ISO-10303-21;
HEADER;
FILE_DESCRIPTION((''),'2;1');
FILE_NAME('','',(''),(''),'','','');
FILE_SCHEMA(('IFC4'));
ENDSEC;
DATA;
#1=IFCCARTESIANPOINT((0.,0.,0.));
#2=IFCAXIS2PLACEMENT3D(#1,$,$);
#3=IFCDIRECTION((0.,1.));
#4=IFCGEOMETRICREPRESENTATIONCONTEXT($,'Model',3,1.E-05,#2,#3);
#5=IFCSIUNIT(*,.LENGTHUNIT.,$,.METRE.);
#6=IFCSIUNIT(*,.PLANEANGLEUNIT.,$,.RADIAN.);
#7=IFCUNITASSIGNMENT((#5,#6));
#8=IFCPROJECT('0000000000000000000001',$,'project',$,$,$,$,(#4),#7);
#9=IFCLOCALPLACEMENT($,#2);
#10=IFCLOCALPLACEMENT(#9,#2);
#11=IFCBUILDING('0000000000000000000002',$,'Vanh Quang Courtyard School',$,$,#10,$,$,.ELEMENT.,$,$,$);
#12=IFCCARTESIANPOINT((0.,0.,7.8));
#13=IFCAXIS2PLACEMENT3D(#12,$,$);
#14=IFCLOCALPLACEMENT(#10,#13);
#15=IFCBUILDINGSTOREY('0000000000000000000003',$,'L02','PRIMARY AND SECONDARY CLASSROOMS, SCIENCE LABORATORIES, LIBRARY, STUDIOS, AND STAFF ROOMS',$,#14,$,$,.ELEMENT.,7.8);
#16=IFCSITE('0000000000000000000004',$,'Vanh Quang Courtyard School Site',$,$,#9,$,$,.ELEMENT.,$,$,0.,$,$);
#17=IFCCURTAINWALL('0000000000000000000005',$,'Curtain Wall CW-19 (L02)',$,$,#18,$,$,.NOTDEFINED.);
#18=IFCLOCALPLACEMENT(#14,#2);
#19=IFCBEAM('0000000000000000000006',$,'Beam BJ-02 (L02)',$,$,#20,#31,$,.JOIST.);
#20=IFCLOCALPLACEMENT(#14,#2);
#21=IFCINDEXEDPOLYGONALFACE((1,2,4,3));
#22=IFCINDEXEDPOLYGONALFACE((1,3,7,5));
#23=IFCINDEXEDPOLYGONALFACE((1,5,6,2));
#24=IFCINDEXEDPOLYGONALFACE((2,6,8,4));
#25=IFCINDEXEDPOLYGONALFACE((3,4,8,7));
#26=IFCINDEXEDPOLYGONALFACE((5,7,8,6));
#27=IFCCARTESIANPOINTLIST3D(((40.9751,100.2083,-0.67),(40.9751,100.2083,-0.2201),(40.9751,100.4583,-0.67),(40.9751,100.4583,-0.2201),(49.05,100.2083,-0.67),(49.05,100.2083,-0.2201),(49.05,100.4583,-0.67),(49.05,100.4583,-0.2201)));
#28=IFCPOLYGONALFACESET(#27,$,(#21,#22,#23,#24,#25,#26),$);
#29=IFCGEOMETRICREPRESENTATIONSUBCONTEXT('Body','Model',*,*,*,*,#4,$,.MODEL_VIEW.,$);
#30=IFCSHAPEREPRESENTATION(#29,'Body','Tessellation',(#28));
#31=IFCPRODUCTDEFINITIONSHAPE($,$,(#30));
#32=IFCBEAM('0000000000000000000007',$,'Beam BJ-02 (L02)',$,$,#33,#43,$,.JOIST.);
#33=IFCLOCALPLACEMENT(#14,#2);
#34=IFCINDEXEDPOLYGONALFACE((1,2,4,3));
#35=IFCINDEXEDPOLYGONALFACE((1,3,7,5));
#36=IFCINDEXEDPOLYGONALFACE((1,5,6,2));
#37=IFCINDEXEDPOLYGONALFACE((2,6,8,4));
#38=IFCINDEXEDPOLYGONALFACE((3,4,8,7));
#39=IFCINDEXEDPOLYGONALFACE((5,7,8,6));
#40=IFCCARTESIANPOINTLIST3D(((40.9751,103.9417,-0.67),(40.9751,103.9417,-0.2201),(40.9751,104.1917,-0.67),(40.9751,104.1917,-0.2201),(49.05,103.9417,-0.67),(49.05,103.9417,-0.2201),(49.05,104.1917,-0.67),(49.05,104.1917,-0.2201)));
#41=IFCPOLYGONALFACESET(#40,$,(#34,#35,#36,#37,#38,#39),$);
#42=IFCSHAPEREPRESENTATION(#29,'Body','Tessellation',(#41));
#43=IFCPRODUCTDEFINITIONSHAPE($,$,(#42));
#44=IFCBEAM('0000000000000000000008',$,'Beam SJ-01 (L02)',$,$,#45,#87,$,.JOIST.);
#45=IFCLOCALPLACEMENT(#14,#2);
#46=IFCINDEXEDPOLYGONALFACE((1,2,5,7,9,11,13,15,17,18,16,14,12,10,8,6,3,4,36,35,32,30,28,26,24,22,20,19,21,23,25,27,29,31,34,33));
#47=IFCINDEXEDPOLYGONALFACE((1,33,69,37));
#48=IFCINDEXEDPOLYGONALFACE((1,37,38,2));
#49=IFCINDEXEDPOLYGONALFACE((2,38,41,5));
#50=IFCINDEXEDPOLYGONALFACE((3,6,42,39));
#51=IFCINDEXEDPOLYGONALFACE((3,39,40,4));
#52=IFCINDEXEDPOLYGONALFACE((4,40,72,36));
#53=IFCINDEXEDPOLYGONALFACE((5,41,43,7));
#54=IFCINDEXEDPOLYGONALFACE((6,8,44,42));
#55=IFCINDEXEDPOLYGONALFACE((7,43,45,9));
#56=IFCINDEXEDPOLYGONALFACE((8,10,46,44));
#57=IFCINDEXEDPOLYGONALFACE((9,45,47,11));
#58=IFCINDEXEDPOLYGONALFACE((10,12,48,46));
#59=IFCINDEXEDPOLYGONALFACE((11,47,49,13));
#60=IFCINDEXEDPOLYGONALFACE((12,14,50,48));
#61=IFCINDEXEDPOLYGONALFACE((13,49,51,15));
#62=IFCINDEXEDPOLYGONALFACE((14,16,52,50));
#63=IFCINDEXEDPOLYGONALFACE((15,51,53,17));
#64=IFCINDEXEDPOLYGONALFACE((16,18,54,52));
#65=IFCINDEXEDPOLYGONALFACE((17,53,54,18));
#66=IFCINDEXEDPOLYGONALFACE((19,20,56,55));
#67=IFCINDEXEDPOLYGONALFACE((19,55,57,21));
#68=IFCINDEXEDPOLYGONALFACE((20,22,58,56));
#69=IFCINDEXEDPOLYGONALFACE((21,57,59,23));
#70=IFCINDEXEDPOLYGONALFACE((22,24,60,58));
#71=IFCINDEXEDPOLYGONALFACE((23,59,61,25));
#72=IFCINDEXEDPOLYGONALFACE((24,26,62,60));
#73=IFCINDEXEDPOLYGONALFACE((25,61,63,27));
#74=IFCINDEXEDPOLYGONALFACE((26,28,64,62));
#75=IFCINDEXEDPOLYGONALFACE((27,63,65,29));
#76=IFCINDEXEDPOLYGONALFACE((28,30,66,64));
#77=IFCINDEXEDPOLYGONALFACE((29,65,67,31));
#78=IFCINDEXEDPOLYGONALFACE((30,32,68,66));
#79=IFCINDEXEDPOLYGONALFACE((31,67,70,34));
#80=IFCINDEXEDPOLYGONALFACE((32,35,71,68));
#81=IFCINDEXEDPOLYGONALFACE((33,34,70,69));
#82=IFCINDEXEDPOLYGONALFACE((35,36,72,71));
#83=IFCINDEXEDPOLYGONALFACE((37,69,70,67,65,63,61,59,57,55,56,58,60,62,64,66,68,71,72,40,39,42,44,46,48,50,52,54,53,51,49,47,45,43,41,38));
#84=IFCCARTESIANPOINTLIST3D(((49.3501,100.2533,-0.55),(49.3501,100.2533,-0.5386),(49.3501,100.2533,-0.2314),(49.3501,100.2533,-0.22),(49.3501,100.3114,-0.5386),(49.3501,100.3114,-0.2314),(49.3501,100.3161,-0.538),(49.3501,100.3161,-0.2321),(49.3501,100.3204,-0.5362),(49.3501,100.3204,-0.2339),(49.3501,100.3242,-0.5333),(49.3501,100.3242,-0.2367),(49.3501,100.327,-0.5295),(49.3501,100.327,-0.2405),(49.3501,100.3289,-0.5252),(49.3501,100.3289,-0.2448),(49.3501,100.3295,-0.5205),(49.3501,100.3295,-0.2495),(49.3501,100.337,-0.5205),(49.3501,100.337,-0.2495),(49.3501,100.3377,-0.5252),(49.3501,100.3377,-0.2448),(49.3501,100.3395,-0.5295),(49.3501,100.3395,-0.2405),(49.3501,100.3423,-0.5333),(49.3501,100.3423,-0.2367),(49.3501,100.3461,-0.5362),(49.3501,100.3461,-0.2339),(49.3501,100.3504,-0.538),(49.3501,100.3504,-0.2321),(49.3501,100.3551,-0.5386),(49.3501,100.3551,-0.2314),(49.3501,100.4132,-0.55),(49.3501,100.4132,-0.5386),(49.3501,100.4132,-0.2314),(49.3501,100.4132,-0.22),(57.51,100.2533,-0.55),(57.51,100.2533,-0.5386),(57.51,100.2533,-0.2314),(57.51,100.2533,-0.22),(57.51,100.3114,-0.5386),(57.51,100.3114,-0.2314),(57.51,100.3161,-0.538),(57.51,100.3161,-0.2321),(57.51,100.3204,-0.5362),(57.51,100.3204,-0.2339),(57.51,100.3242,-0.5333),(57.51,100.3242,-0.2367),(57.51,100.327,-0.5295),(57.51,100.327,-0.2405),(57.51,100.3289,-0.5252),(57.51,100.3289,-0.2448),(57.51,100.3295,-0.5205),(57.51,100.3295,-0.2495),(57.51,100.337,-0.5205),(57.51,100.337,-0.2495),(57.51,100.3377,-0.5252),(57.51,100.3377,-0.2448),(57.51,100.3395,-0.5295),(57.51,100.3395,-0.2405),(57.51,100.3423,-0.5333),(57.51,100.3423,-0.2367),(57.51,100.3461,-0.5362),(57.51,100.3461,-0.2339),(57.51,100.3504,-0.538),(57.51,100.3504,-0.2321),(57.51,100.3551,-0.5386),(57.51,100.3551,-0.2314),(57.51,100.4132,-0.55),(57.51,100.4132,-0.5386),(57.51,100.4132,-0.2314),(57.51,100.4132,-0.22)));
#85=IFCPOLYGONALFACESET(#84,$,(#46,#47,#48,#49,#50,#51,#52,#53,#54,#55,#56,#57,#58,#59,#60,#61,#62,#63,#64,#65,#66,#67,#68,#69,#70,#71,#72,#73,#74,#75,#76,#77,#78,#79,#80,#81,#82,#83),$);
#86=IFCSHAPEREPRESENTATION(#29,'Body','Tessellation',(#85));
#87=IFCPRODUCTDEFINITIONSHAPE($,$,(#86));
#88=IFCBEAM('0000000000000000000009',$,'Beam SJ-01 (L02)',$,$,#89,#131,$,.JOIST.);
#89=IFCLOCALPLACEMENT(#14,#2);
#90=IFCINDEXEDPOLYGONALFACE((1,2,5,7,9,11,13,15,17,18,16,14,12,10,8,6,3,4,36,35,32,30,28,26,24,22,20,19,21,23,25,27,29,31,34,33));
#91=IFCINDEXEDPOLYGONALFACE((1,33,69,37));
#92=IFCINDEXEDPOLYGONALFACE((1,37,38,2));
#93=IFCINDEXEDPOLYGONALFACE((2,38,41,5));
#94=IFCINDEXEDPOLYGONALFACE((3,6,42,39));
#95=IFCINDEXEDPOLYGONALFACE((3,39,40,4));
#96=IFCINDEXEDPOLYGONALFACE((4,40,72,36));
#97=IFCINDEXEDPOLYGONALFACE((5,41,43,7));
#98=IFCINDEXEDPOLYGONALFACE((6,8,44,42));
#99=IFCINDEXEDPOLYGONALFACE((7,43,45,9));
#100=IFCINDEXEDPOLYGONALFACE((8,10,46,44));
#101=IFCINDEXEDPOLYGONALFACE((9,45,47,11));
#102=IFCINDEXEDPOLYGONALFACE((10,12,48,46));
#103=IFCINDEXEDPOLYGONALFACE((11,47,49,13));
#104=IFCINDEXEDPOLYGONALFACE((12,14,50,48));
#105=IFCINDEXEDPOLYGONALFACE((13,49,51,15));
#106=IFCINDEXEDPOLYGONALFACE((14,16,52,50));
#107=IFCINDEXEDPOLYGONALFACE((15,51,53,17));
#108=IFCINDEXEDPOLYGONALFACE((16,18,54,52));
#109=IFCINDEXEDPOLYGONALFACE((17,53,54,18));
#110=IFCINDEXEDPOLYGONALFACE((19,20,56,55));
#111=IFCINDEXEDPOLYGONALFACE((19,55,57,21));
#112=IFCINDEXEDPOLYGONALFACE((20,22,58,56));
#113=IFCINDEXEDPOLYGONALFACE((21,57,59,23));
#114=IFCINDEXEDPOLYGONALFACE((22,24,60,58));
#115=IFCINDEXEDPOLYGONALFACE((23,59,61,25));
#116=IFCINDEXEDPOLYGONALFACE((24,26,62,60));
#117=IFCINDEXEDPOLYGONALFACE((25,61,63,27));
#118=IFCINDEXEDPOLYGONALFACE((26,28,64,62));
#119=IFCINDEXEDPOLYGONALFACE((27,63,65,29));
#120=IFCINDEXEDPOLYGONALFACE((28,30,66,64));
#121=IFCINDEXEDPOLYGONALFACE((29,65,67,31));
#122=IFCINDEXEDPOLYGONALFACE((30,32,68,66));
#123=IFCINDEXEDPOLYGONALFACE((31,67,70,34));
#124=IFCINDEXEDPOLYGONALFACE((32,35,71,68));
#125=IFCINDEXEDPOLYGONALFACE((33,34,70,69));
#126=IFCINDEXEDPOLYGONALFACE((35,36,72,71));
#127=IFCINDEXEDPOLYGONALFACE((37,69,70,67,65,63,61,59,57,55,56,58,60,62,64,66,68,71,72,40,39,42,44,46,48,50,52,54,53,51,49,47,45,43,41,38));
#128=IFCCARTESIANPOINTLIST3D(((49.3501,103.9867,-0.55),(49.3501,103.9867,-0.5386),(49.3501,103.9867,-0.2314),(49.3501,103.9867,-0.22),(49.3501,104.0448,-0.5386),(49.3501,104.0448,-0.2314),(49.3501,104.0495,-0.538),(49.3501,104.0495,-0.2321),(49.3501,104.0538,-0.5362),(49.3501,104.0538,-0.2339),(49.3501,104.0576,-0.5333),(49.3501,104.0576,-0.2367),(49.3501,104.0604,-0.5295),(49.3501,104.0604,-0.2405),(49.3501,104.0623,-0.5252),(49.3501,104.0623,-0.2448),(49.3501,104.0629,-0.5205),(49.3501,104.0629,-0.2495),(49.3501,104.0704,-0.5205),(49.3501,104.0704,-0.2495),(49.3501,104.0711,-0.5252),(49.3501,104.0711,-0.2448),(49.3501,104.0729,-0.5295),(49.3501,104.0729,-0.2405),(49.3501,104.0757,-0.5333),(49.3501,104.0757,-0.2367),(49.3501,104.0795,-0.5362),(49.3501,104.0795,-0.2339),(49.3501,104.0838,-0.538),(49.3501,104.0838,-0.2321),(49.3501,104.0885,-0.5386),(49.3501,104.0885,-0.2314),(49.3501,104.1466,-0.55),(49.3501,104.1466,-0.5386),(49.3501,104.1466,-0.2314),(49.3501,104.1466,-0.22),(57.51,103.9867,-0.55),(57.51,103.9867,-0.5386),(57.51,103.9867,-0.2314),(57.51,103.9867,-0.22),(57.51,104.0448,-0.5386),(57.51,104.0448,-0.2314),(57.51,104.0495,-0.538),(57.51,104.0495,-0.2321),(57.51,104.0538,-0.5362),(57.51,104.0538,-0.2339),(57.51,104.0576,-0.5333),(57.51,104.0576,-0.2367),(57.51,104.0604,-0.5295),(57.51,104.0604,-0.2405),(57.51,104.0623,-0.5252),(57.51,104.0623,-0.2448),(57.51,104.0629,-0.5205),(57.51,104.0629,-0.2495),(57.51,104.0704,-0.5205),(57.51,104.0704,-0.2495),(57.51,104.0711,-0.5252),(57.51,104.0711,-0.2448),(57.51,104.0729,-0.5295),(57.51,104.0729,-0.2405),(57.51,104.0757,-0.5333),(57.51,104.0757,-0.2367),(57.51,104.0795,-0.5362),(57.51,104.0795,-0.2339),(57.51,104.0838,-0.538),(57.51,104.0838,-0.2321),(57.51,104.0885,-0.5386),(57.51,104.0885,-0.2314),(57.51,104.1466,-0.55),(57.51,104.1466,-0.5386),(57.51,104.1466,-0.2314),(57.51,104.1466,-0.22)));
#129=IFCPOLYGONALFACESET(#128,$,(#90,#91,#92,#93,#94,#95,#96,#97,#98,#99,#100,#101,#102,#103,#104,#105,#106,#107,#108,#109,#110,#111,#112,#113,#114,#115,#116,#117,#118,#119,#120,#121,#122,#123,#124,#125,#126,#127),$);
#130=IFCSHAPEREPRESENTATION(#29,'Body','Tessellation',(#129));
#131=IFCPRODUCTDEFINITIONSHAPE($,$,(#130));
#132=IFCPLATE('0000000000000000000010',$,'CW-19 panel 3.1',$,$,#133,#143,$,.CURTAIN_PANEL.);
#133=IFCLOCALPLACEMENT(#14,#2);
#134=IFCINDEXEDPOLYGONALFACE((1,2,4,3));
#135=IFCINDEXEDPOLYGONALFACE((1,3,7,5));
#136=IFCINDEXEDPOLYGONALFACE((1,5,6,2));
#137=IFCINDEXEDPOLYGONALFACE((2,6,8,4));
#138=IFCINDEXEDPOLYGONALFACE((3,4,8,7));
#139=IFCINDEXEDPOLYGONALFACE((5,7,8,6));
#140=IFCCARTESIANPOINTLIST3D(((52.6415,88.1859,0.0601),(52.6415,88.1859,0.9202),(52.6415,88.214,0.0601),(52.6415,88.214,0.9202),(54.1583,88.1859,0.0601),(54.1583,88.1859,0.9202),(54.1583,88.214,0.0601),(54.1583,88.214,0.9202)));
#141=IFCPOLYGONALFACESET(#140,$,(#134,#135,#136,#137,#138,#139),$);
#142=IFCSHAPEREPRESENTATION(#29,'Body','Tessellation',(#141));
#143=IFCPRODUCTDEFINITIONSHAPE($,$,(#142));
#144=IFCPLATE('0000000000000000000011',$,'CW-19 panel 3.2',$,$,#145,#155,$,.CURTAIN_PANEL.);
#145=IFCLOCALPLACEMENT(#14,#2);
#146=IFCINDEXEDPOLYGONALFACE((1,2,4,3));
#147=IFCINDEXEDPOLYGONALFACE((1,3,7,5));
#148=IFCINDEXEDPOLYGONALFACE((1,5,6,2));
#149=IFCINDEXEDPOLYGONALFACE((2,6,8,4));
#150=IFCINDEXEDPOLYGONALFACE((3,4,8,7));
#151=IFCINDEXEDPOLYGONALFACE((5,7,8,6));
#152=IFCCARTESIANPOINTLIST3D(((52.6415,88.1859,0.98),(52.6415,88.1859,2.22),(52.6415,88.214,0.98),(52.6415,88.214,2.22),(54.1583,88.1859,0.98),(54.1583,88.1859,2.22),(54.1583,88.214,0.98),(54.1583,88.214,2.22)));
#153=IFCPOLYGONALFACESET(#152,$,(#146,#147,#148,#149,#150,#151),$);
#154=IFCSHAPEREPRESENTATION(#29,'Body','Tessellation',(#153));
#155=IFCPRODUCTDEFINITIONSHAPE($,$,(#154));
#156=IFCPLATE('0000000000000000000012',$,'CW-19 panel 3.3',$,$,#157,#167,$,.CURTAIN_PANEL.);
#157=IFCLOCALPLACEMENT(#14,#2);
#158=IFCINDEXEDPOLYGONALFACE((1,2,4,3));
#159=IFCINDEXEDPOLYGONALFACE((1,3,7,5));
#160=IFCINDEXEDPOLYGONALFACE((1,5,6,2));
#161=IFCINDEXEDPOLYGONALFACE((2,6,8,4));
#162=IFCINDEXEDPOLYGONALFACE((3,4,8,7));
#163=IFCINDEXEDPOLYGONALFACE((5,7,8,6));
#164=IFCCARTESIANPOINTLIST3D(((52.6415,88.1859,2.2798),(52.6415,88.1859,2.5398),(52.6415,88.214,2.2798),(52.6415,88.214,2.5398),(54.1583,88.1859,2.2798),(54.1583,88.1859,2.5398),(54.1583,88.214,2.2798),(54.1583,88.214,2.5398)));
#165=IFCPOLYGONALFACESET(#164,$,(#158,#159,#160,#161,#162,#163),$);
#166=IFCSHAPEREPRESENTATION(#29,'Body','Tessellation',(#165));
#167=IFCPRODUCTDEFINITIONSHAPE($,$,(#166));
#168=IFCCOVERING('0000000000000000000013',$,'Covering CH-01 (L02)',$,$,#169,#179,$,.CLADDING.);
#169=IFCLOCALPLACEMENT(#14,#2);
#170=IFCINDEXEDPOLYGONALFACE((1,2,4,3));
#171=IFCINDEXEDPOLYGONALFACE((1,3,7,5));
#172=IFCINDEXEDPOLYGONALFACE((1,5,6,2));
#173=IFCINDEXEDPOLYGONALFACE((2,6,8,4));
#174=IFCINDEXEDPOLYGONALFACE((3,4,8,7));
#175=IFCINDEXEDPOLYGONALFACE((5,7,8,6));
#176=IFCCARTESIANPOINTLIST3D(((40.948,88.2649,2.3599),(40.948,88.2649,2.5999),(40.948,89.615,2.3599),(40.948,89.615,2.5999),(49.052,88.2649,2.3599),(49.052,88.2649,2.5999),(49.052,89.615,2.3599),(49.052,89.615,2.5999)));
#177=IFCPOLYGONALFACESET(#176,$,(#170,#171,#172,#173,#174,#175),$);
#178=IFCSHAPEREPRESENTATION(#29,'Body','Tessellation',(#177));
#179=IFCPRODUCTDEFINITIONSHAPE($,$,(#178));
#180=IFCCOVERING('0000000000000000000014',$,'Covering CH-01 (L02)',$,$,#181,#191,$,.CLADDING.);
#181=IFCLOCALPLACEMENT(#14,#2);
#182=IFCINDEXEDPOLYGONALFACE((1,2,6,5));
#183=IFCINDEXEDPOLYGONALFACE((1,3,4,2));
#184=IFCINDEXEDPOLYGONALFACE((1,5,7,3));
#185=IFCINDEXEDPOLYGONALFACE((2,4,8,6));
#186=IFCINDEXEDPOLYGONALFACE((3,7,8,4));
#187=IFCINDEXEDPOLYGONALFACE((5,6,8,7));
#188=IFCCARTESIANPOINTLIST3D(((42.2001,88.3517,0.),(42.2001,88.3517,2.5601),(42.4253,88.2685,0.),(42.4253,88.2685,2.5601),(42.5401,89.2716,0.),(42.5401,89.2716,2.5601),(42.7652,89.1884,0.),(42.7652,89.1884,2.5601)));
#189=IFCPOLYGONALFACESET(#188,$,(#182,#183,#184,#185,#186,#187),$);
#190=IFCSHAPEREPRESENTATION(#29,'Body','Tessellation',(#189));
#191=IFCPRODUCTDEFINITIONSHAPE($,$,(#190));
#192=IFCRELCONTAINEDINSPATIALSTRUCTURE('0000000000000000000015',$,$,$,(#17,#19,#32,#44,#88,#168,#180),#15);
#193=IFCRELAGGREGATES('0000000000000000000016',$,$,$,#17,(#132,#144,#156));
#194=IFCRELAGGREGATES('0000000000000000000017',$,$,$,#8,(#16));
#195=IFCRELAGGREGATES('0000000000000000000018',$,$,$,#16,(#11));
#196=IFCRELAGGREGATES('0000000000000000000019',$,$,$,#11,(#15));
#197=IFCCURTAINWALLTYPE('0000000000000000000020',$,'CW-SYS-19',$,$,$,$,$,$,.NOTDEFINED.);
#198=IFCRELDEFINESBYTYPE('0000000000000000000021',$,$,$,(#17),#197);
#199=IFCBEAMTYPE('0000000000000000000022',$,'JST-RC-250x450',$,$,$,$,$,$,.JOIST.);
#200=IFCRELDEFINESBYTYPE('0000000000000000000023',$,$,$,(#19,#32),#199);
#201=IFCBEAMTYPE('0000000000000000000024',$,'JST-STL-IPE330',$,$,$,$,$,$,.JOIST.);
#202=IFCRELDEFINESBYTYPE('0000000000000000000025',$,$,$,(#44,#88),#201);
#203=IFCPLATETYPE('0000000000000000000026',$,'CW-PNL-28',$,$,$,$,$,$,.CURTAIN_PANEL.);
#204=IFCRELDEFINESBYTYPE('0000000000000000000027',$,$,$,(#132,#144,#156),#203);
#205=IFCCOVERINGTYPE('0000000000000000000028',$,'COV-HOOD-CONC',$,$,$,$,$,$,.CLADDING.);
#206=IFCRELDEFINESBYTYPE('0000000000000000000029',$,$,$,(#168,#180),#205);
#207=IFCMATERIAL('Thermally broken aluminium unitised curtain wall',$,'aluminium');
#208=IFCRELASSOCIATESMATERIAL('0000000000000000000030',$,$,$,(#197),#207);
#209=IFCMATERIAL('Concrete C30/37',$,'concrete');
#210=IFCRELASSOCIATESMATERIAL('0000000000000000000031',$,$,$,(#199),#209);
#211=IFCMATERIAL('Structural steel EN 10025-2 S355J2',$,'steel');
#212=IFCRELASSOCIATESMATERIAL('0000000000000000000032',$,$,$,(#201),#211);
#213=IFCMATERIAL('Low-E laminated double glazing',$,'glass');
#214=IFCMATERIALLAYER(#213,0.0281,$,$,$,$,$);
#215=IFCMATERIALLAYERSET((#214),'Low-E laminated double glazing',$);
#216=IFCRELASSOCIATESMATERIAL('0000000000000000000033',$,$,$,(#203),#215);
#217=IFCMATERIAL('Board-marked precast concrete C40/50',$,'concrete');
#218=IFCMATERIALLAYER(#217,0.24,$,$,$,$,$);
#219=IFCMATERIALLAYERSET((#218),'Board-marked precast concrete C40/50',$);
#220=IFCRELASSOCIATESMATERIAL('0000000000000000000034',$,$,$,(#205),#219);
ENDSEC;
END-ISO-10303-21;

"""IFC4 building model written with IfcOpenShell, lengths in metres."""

from ifc_helpers import new_model, si_unit, direction, frame, origin, origin_2d, place, context, subcontext, project, spatial, rectangle, i_section, extrude, material, layer, layer_set, material_profile, profile_set, type_object, element, aggregate, save


model = new_model("IFC4")

# Units and contexts
model_context = context("Model", 3, precision=1e-05, world=origin(), true_north=direction((0.0, 1.0)))
body_context = subcontext(model_context, "Body", "Model", "MODEL_VIEW")
ifc_project = project(units=[si_unit("LENGTHUNIT", "METRE"), si_unit("PLANEANGLEUNIT", "RADIAN")], contexts=[model_context])

# Site, building, storey
site_placement = place(None, origin())
site = spatial("IfcSite", under=ifc_project, at=site_placement, Name="Vanh Quang Courtyard School Site", CompositionType="ELEMENT", RefElevation=0.0)
building_placement = place(site_placement, origin())
building = spatial("IfcBuilding", under=site, at=building_placement, Name="Vanh Quang Courtyard School", CompositionType="ELEMENT")
storey_placement = place(building_placement, frame((0.0, 0.0, 7.8)))
storey = spatial("IfcBuildingStorey", under=building, at=storey_placement, Name="L02", Description="PRIMARY AND SECONDARY CLASSROOMS, SCIENCE LABORATORIES, LIBRARY, STUDIOS, AND STAFF ROOMS", CompositionType="ELEMENT", Elevation=7.8)

# Curtain wall
ifc_material_1 = material(Name="Thermally broken aluminium unitised curtain wall", Category="aluminium")
curtain_wall_type = type_object("IfcCurtainWallType", Name="CW-SYS-19", PredefinedType="NOTDEFINED", material=ifc_material_1)
curtain_wall_placement = place(storey_placement, origin())
curtain_wall = element("IfcCurtainWall", 1, at=curtain_wall_placement, inside=storey, type_object=curtain_wall_type, Name="Curtain Wall CW-19 (L02)", PredefinedType="NOTDEFINED")

# Beams
ifc_material_2 = material(Name="Concrete C30/37", Category="concrete")
ifc_material_profile_1 = material_profile(ifc_material_2, rectangle(XDim=0.25, YDim=0.45, at=origin_2d()), Name="RC-JST 250x450")
ifc_profile_set_1 = profile_set([ifc_material_profile_1], Name="Concrete C30/37")
beam_type_1 = type_object("IfcBeamType", Name="JST-RC-250x450", PredefinedType="JOIST", material=ifc_profile_set_1)
for number, where, z_axis, x_axis, name in (
    (2, (40.9751, 100.3333, -0.4451), (1.0, 0.0, 0.0), (0.0, 1.0, 0.0), "Beam BJ-02 (L02)"),
    (3, (40.9751, 104.0667, -0.4451), (1.0, 0.0, 0.0), (0.0, 1.0, 0.0), "Beam BJ-02 (L02)"),
):
    element("IfcBeam", number, at=place(storey_placement, frame(where, z_axis=z_axis, x_axis=x_axis)), inside=storey, type_object=beam_type_1, Name=name, PredefinedType="JOIST", context=body_context, shape_type="SweptSolid", body=[
        extrude(rectangle(XDim=0.25, YDim=0.45, at=origin_2d()), origin(), (0.0, 0.0, 1.0), 8.075),
    ])
ifc_material_3 = material(Name="Structural steel EN 10025-2 S355J2", Category="steel")
ifc_material_profile_2 = material_profile(ifc_material_3, i_section(OverallWidth=0.1599, OverallDepth=0.3301, WebThickness=0.0076, FlangeThickness=0.0115, FilletRadius=0.0181, at=origin_2d()), Name="IPE 330")
ifc_profile_set_2 = profile_set([ifc_material_profile_2], Name="Structural steel EN 10025-2 S355J2")
beam_type_2 = type_object("IfcBeamType", Name="JST-STL-IPE330", PredefinedType="JOIST", material=ifc_profile_set_2)
for number, where, z_axis, x_axis, name in (
    (4, (49.3501, 100.3333, -0.385), (1.0, 0.0, 0.0), (0.0, 1.0, 0.0), "Beam SJ-01 (L02)"),
    (5, (49.3501, 104.0667, -0.385), (1.0, 0.0, 0.0), (0.0, 1.0, 0.0), "Beam SJ-01 (L02)"),
):
    element("IfcBeam", number, at=place(storey_placement, frame(where, z_axis=z_axis, x_axis=x_axis)), inside=storey, type_object=beam_type_2, Name=name, PredefinedType="JOIST", context=body_context, shape_type="SweptSolid", body=[
        extrude(i_section(OverallWidth=0.1599, OverallDepth=0.3301, WebThickness=0.0076, FlangeThickness=0.0115, FilletRadius=0.0181, at=origin_2d()), origin(), (0.0, 0.0, 1.0), 8.1599),
    ])

# Plates
ifc_material_4 = material(Name="Low-E laminated double glazing", Category="glass")
ifc_layer_1 = layer(ifc_material_4, 0.0281)
ifc_layer_set_1 = layer_set([ifc_layer_1], Name="Low-E laminated double glazing")
plate_type = type_object("IfcPlateType", Name="CW-PNL-28", PredefinedType="CURTAIN_PANEL", material=ifc_layer_set_1)
plate_1_placement = place(storey_placement, frame((53.3999, 88.2, 0.0601), z_axis=(0.0, 0.0, 1.0), x_axis=(1.0, 0.0, 0.0)))
plate_1 = element("IfcPlate", 6, at=plate_1_placement, type_object=plate_type, Name="CW-19 panel 3.1", PredefinedType="CURTAIN_PANEL", context=body_context, shape_type="SweptSolid", body=[
    extrude(rectangle(XDim=1.5168, YDim=0.0281, at=origin_2d()), origin(), (0.0, 0.0, 1.0), 0.8601),
])
plate_2_placement = place(storey_placement, frame((53.3999, 88.2, 0.98), z_axis=(0.0, 0.0, 1.0), x_axis=(1.0, 0.0, 0.0)))
plate_2 = element("IfcPlate", 7, at=plate_2_placement, type_object=plate_type, Name="CW-19 panel 3.2", PredefinedType="CURTAIN_PANEL", context=body_context, shape_type="SweptSolid", body=[
    extrude(rectangle(XDim=1.5168, YDim=0.0281, at=origin_2d()), origin(), (0.0, 0.0, 1.0), 1.24),
])
plate_3_placement = place(storey_placement, frame((53.3999, 88.2, 2.2798), z_axis=(0.0, 0.0, 1.0), x_axis=(1.0, 0.0, 0.0)))
plate_3 = element("IfcPlate", 8, at=plate_3_placement, type_object=plate_type, Name="CW-19 panel 3.3", PredefinedType="CURTAIN_PANEL", context=body_context, shape_type="SweptSolid", body=[
    extrude(rectangle(XDim=1.5168, YDim=0.0281, at=origin_2d()), origin(), (0.0, 0.0, 1.0), 0.26),
])
aggregate(curtain_wall, [plate_1, plate_2, plate_3])

# Coverings
ifc_material_5 = material(Name="Board-marked precast concrete C40/50", Category="concrete")
ifc_layer_2 = layer(ifc_material_5, 0.24)
ifc_layer_set_2 = layer_set([ifc_layer_2], Name="Board-marked precast concrete C40/50")
covering_type = type_object("IfcCoveringType", Name="COV-HOOD-CONC", PredefinedType="CLADDING", material=ifc_layer_set_2)
covering_1_placement = place(storey_placement, frame((45.0, 88.9399, 2.3599), z_axis=(0.0, 0.0, 1.0), x_axis=(1.0, 0.0, 0.0)))
element("IfcCovering", 9, at=covering_1_placement, inside=storey, type_object=covering_type, Name="Covering CH-01 (L02)", PredefinedType="CLADDING", context=body_context, shape_type="SweptSolid", body=[
    extrude(rectangle(XDim=8.104, YDim=1.3501, at=origin_2d()), origin(), (0.0, 0.0, 1.0), 0.24),
])
covering_2_placement = place(storey_placement, frame((42.4827, 88.77, 0.0), z_axis=(0.0, 0.0, 1.0), x_axis=(0.346608, 0.93801, 0.0)))
element("IfcCovering", 10, at=covering_2_placement, inside=storey, type_object=covering_type, Name="Covering CH-01 (L02)", PredefinedType="CLADDING", context=body_context, shape_type="SweptSolid", body=[
    extrude(rectangle(XDim=0.9807, YDim=0.24, at=origin_2d()), origin(), (0.0, 0.0, 1.0), 2.5601),
])

save(model, "model.ifc")
